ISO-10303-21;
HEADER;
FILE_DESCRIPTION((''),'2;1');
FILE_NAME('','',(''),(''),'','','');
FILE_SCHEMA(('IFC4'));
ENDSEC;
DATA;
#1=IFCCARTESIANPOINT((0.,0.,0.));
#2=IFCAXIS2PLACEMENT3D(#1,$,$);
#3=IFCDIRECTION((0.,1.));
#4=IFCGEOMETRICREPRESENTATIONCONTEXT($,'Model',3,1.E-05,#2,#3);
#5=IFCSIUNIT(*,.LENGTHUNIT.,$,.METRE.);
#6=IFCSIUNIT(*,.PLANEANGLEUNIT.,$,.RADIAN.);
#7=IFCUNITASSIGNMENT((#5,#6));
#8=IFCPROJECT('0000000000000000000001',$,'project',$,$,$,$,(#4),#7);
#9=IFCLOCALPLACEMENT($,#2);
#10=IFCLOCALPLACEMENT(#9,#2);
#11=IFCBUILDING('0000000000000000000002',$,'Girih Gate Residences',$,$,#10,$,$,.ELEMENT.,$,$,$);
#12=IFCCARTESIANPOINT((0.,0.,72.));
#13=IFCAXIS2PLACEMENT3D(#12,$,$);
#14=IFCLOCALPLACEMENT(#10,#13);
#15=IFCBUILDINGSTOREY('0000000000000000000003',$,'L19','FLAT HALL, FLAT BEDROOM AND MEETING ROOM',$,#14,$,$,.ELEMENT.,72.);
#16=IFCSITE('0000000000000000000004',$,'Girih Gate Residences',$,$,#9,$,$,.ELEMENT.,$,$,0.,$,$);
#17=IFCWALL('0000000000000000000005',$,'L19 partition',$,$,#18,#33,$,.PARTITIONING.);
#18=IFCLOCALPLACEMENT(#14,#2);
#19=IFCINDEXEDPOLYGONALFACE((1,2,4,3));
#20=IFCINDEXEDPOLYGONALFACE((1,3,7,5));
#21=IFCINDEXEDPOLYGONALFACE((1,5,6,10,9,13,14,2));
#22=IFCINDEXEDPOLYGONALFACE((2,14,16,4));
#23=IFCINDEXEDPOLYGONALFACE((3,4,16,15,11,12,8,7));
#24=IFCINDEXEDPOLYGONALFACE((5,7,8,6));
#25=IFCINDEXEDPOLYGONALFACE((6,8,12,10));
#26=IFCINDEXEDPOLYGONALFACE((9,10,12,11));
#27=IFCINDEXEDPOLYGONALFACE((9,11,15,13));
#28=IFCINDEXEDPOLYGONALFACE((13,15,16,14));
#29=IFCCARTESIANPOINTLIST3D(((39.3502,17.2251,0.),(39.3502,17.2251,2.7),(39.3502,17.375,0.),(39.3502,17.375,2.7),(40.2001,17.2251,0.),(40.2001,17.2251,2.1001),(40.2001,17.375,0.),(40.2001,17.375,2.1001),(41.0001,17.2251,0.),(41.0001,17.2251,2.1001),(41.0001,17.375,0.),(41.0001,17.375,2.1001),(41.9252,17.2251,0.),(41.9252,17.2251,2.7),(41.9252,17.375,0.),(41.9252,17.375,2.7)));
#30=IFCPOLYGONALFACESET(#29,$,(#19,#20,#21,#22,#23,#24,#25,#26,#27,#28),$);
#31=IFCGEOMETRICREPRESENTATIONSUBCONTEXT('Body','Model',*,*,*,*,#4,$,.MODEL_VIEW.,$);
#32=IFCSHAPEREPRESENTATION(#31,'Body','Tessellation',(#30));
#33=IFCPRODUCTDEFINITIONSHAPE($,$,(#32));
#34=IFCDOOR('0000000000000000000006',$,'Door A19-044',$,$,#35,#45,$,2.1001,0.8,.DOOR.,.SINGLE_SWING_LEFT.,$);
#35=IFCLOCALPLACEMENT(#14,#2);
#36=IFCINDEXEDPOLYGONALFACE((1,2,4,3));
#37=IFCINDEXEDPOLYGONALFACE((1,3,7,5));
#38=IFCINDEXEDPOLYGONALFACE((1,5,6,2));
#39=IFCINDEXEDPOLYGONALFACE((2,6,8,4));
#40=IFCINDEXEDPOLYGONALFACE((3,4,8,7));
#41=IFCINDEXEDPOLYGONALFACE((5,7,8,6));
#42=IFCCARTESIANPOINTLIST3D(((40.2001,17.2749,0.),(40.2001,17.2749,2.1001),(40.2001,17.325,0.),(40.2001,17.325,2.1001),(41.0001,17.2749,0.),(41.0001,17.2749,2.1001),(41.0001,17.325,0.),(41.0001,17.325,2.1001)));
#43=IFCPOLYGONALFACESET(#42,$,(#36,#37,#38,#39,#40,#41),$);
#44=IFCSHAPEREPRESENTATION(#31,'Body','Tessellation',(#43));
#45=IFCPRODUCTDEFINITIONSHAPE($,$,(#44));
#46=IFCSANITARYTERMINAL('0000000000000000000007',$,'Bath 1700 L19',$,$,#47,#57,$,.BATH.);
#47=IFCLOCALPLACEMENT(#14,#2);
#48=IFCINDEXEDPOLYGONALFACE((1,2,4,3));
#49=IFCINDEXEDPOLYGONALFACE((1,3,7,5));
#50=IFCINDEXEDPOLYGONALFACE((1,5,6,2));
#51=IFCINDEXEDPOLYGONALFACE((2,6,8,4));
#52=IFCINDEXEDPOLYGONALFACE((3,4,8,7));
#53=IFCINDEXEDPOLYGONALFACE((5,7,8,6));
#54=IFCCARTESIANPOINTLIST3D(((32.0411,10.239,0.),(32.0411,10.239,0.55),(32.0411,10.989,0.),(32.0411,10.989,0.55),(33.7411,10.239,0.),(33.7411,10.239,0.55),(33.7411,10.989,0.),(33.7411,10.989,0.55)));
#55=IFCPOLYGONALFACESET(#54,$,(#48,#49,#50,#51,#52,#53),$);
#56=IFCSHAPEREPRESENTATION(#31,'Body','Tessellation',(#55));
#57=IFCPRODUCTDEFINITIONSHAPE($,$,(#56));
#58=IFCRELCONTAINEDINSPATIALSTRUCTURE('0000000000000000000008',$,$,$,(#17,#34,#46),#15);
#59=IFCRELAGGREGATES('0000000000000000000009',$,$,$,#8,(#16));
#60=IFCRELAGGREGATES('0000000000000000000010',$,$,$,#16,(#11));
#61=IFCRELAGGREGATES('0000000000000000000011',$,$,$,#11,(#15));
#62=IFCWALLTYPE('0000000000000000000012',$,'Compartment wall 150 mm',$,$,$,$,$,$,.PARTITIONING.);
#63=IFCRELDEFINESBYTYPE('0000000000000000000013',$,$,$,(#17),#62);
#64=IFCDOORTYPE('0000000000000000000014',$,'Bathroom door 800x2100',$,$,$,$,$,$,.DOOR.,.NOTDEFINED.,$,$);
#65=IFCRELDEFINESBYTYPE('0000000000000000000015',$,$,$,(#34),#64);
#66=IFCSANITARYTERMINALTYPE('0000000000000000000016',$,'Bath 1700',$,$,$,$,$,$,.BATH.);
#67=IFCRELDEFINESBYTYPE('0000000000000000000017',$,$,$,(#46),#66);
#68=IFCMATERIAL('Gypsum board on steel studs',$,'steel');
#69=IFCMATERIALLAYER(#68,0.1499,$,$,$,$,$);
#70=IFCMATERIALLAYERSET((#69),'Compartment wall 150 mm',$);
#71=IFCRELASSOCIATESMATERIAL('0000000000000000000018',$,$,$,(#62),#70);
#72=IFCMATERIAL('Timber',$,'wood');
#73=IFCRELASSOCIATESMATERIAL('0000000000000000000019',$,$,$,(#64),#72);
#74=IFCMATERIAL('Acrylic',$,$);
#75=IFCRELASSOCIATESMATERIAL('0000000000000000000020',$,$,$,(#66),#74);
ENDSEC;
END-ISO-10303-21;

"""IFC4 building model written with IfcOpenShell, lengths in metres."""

from ifc_helpers import new_model, si_unit, direction, frame, frame_2d, origin, origin_2d, place, context, subcontext, project, spatial, rectangle, extrude, material, layer, layer_set, type_object, element, fill, save


model = new_model("IFC4")

# Units and contexts
model_context = context("Model", 3, precision=1e-05, world=origin(), true_north=direction((0.0, 1.0)))
body_context = subcontext(model_context, "Body", "Model", "MODEL_VIEW")
ifc_project = project(units=[si_unit("LENGTHUNIT", "METRE"), si_unit("PLANEANGLEUNIT", "RADIAN")], contexts=[model_context])

# Site, building, storey
site_placement = place(None, origin())
site = spatial("IfcSite", under=ifc_project, at=site_placement, Name="Girih Gate Residences", CompositionType="ELEMENT", RefElevation=0.0)
building_placement = place(site_placement, origin())
building = spatial("IfcBuilding", under=site, at=building_placement, Name="Girih Gate Residences", CompositionType="ELEMENT")
storey_placement = place(building_placement, frame((0.0, 0.0, 72.0)))
storey = spatial("IfcBuildingStorey", under=building, at=storey_placement, Name="L19", Description="FLAT HALL, FLAT BEDROOM AND MEETING ROOM", CompositionType="ELEMENT", Elevation=72.0)

# Shared definitions
ifc_material_1 = material(Name="Gypsum board on steel studs", Category="steel")
ifc_layer_1 = layer(ifc_material_1, 0.1499)
ifc_layer_set_1 = layer_set([ifc_layer_1], Name="Compartment wall 150 mm")
wall_type_1 = type_object("IfcWallType", Name="Compartment wall 150 mm", PredefinedType="PARTITIONING", material=ifc_layer_set_1)

# Wall, opening, door
ifc_material_2 = material(Name="Timber", Category="wood")
wall_1_placement = place(storey_placement, frame((39.3501, 17.3, 0.0), z_axis=(0.0, 0.0, 1.0), x_axis=(1.0, 0.0, 0.0)))
wall_1 = element("IfcWall", 1, at=wall_1_placement, inside=storey, type_object=wall_type_1, Name="L19 partition", PredefinedType="PARTITIONING", context=body_context, shape_type="SweptSolid", body=[
    extrude(rectangle(XDim=2.575, YDim=0.1499, at=frame_2d((1.2876, 0.0))), origin(), (0.0, 0.0, 1.0), 2.7),
])
opening_1_placement = place(wall_1_placement, frame((0.8501, 0.0, 0.0)))
opening_1 = element("IfcOpeningElement", 2, at=opening_1_placement, cuts=wall_1, PredefinedType="OPENING", context=body_context, shape_type="SweptSolid", body=[
    extrude(rectangle(XDim=0.8, YDim=2.1001, at=frame_2d((0.3999, 1.05))), frame((0.0, 0.085, 0.0), z_axis=(0.0, -1.0, 0.0), x_axis=(1.0, 0.0, 0.0)), (0.0, 0.0, 1.0), 0.1699),
])
door_type_1 = type_object("IfcDoorType", Name="Bathroom door 800x2100", OperationType="NOTDEFINED", PredefinedType="DOOR", material=ifc_material_2)
door_1_placement = place(opening_1_placement, origin())
door_1 = element("IfcDoor", 3, at=door_1_placement, inside=storey, type_object=door_type_1, Name="Door A19-044", OperationType="SINGLE_SWING_LEFT", OverallHeight=2.1001, OverallWidth=0.8, PredefinedType="DOOR", context=body_context, shape_type="SweptSolid", body=[
    extrude(rectangle(XDim=0.8, YDim=2.1001, at=frame_2d((0.3999, 1.05))), frame((0.0, 0.0249, 0.0), z_axis=(0.0, -1.0, 0.0), x_axis=(1.0, 0.0, 0.0)), (0.0, 0.0, 1.0), 0.05),
])
fill(opening_1, door_1)

# Sanitary terminal
ifc_material_3 = material(Name="Acrylic")
sanitary_terminal_type = type_object("IfcSanitaryTerminalType", Name="Bath 1700", PredefinedType="BATH", material=ifc_material_3)
sanitary_terminal_placement = place(storey_placement, frame((32.8911, 10.614, 0.0), z_axis=(0.0, 0.0, 1.0), x_axis=(1.0, 0.0, 0.0)))
element("IfcSanitaryTerminal", 4, at=sanitary_terminal_placement, inside=storey, type_object=sanitary_terminal_type, Name="Bath 1700 L19", PredefinedType="BATH", context=body_context, shape_type="SweptSolid", body=[
    extrude(rectangle(XDim=1.7, YDim=0.75, at=origin_2d()), origin(), (0.0, 0.0, 1.0), 0.55),
])

save(model, "model.ifc")
